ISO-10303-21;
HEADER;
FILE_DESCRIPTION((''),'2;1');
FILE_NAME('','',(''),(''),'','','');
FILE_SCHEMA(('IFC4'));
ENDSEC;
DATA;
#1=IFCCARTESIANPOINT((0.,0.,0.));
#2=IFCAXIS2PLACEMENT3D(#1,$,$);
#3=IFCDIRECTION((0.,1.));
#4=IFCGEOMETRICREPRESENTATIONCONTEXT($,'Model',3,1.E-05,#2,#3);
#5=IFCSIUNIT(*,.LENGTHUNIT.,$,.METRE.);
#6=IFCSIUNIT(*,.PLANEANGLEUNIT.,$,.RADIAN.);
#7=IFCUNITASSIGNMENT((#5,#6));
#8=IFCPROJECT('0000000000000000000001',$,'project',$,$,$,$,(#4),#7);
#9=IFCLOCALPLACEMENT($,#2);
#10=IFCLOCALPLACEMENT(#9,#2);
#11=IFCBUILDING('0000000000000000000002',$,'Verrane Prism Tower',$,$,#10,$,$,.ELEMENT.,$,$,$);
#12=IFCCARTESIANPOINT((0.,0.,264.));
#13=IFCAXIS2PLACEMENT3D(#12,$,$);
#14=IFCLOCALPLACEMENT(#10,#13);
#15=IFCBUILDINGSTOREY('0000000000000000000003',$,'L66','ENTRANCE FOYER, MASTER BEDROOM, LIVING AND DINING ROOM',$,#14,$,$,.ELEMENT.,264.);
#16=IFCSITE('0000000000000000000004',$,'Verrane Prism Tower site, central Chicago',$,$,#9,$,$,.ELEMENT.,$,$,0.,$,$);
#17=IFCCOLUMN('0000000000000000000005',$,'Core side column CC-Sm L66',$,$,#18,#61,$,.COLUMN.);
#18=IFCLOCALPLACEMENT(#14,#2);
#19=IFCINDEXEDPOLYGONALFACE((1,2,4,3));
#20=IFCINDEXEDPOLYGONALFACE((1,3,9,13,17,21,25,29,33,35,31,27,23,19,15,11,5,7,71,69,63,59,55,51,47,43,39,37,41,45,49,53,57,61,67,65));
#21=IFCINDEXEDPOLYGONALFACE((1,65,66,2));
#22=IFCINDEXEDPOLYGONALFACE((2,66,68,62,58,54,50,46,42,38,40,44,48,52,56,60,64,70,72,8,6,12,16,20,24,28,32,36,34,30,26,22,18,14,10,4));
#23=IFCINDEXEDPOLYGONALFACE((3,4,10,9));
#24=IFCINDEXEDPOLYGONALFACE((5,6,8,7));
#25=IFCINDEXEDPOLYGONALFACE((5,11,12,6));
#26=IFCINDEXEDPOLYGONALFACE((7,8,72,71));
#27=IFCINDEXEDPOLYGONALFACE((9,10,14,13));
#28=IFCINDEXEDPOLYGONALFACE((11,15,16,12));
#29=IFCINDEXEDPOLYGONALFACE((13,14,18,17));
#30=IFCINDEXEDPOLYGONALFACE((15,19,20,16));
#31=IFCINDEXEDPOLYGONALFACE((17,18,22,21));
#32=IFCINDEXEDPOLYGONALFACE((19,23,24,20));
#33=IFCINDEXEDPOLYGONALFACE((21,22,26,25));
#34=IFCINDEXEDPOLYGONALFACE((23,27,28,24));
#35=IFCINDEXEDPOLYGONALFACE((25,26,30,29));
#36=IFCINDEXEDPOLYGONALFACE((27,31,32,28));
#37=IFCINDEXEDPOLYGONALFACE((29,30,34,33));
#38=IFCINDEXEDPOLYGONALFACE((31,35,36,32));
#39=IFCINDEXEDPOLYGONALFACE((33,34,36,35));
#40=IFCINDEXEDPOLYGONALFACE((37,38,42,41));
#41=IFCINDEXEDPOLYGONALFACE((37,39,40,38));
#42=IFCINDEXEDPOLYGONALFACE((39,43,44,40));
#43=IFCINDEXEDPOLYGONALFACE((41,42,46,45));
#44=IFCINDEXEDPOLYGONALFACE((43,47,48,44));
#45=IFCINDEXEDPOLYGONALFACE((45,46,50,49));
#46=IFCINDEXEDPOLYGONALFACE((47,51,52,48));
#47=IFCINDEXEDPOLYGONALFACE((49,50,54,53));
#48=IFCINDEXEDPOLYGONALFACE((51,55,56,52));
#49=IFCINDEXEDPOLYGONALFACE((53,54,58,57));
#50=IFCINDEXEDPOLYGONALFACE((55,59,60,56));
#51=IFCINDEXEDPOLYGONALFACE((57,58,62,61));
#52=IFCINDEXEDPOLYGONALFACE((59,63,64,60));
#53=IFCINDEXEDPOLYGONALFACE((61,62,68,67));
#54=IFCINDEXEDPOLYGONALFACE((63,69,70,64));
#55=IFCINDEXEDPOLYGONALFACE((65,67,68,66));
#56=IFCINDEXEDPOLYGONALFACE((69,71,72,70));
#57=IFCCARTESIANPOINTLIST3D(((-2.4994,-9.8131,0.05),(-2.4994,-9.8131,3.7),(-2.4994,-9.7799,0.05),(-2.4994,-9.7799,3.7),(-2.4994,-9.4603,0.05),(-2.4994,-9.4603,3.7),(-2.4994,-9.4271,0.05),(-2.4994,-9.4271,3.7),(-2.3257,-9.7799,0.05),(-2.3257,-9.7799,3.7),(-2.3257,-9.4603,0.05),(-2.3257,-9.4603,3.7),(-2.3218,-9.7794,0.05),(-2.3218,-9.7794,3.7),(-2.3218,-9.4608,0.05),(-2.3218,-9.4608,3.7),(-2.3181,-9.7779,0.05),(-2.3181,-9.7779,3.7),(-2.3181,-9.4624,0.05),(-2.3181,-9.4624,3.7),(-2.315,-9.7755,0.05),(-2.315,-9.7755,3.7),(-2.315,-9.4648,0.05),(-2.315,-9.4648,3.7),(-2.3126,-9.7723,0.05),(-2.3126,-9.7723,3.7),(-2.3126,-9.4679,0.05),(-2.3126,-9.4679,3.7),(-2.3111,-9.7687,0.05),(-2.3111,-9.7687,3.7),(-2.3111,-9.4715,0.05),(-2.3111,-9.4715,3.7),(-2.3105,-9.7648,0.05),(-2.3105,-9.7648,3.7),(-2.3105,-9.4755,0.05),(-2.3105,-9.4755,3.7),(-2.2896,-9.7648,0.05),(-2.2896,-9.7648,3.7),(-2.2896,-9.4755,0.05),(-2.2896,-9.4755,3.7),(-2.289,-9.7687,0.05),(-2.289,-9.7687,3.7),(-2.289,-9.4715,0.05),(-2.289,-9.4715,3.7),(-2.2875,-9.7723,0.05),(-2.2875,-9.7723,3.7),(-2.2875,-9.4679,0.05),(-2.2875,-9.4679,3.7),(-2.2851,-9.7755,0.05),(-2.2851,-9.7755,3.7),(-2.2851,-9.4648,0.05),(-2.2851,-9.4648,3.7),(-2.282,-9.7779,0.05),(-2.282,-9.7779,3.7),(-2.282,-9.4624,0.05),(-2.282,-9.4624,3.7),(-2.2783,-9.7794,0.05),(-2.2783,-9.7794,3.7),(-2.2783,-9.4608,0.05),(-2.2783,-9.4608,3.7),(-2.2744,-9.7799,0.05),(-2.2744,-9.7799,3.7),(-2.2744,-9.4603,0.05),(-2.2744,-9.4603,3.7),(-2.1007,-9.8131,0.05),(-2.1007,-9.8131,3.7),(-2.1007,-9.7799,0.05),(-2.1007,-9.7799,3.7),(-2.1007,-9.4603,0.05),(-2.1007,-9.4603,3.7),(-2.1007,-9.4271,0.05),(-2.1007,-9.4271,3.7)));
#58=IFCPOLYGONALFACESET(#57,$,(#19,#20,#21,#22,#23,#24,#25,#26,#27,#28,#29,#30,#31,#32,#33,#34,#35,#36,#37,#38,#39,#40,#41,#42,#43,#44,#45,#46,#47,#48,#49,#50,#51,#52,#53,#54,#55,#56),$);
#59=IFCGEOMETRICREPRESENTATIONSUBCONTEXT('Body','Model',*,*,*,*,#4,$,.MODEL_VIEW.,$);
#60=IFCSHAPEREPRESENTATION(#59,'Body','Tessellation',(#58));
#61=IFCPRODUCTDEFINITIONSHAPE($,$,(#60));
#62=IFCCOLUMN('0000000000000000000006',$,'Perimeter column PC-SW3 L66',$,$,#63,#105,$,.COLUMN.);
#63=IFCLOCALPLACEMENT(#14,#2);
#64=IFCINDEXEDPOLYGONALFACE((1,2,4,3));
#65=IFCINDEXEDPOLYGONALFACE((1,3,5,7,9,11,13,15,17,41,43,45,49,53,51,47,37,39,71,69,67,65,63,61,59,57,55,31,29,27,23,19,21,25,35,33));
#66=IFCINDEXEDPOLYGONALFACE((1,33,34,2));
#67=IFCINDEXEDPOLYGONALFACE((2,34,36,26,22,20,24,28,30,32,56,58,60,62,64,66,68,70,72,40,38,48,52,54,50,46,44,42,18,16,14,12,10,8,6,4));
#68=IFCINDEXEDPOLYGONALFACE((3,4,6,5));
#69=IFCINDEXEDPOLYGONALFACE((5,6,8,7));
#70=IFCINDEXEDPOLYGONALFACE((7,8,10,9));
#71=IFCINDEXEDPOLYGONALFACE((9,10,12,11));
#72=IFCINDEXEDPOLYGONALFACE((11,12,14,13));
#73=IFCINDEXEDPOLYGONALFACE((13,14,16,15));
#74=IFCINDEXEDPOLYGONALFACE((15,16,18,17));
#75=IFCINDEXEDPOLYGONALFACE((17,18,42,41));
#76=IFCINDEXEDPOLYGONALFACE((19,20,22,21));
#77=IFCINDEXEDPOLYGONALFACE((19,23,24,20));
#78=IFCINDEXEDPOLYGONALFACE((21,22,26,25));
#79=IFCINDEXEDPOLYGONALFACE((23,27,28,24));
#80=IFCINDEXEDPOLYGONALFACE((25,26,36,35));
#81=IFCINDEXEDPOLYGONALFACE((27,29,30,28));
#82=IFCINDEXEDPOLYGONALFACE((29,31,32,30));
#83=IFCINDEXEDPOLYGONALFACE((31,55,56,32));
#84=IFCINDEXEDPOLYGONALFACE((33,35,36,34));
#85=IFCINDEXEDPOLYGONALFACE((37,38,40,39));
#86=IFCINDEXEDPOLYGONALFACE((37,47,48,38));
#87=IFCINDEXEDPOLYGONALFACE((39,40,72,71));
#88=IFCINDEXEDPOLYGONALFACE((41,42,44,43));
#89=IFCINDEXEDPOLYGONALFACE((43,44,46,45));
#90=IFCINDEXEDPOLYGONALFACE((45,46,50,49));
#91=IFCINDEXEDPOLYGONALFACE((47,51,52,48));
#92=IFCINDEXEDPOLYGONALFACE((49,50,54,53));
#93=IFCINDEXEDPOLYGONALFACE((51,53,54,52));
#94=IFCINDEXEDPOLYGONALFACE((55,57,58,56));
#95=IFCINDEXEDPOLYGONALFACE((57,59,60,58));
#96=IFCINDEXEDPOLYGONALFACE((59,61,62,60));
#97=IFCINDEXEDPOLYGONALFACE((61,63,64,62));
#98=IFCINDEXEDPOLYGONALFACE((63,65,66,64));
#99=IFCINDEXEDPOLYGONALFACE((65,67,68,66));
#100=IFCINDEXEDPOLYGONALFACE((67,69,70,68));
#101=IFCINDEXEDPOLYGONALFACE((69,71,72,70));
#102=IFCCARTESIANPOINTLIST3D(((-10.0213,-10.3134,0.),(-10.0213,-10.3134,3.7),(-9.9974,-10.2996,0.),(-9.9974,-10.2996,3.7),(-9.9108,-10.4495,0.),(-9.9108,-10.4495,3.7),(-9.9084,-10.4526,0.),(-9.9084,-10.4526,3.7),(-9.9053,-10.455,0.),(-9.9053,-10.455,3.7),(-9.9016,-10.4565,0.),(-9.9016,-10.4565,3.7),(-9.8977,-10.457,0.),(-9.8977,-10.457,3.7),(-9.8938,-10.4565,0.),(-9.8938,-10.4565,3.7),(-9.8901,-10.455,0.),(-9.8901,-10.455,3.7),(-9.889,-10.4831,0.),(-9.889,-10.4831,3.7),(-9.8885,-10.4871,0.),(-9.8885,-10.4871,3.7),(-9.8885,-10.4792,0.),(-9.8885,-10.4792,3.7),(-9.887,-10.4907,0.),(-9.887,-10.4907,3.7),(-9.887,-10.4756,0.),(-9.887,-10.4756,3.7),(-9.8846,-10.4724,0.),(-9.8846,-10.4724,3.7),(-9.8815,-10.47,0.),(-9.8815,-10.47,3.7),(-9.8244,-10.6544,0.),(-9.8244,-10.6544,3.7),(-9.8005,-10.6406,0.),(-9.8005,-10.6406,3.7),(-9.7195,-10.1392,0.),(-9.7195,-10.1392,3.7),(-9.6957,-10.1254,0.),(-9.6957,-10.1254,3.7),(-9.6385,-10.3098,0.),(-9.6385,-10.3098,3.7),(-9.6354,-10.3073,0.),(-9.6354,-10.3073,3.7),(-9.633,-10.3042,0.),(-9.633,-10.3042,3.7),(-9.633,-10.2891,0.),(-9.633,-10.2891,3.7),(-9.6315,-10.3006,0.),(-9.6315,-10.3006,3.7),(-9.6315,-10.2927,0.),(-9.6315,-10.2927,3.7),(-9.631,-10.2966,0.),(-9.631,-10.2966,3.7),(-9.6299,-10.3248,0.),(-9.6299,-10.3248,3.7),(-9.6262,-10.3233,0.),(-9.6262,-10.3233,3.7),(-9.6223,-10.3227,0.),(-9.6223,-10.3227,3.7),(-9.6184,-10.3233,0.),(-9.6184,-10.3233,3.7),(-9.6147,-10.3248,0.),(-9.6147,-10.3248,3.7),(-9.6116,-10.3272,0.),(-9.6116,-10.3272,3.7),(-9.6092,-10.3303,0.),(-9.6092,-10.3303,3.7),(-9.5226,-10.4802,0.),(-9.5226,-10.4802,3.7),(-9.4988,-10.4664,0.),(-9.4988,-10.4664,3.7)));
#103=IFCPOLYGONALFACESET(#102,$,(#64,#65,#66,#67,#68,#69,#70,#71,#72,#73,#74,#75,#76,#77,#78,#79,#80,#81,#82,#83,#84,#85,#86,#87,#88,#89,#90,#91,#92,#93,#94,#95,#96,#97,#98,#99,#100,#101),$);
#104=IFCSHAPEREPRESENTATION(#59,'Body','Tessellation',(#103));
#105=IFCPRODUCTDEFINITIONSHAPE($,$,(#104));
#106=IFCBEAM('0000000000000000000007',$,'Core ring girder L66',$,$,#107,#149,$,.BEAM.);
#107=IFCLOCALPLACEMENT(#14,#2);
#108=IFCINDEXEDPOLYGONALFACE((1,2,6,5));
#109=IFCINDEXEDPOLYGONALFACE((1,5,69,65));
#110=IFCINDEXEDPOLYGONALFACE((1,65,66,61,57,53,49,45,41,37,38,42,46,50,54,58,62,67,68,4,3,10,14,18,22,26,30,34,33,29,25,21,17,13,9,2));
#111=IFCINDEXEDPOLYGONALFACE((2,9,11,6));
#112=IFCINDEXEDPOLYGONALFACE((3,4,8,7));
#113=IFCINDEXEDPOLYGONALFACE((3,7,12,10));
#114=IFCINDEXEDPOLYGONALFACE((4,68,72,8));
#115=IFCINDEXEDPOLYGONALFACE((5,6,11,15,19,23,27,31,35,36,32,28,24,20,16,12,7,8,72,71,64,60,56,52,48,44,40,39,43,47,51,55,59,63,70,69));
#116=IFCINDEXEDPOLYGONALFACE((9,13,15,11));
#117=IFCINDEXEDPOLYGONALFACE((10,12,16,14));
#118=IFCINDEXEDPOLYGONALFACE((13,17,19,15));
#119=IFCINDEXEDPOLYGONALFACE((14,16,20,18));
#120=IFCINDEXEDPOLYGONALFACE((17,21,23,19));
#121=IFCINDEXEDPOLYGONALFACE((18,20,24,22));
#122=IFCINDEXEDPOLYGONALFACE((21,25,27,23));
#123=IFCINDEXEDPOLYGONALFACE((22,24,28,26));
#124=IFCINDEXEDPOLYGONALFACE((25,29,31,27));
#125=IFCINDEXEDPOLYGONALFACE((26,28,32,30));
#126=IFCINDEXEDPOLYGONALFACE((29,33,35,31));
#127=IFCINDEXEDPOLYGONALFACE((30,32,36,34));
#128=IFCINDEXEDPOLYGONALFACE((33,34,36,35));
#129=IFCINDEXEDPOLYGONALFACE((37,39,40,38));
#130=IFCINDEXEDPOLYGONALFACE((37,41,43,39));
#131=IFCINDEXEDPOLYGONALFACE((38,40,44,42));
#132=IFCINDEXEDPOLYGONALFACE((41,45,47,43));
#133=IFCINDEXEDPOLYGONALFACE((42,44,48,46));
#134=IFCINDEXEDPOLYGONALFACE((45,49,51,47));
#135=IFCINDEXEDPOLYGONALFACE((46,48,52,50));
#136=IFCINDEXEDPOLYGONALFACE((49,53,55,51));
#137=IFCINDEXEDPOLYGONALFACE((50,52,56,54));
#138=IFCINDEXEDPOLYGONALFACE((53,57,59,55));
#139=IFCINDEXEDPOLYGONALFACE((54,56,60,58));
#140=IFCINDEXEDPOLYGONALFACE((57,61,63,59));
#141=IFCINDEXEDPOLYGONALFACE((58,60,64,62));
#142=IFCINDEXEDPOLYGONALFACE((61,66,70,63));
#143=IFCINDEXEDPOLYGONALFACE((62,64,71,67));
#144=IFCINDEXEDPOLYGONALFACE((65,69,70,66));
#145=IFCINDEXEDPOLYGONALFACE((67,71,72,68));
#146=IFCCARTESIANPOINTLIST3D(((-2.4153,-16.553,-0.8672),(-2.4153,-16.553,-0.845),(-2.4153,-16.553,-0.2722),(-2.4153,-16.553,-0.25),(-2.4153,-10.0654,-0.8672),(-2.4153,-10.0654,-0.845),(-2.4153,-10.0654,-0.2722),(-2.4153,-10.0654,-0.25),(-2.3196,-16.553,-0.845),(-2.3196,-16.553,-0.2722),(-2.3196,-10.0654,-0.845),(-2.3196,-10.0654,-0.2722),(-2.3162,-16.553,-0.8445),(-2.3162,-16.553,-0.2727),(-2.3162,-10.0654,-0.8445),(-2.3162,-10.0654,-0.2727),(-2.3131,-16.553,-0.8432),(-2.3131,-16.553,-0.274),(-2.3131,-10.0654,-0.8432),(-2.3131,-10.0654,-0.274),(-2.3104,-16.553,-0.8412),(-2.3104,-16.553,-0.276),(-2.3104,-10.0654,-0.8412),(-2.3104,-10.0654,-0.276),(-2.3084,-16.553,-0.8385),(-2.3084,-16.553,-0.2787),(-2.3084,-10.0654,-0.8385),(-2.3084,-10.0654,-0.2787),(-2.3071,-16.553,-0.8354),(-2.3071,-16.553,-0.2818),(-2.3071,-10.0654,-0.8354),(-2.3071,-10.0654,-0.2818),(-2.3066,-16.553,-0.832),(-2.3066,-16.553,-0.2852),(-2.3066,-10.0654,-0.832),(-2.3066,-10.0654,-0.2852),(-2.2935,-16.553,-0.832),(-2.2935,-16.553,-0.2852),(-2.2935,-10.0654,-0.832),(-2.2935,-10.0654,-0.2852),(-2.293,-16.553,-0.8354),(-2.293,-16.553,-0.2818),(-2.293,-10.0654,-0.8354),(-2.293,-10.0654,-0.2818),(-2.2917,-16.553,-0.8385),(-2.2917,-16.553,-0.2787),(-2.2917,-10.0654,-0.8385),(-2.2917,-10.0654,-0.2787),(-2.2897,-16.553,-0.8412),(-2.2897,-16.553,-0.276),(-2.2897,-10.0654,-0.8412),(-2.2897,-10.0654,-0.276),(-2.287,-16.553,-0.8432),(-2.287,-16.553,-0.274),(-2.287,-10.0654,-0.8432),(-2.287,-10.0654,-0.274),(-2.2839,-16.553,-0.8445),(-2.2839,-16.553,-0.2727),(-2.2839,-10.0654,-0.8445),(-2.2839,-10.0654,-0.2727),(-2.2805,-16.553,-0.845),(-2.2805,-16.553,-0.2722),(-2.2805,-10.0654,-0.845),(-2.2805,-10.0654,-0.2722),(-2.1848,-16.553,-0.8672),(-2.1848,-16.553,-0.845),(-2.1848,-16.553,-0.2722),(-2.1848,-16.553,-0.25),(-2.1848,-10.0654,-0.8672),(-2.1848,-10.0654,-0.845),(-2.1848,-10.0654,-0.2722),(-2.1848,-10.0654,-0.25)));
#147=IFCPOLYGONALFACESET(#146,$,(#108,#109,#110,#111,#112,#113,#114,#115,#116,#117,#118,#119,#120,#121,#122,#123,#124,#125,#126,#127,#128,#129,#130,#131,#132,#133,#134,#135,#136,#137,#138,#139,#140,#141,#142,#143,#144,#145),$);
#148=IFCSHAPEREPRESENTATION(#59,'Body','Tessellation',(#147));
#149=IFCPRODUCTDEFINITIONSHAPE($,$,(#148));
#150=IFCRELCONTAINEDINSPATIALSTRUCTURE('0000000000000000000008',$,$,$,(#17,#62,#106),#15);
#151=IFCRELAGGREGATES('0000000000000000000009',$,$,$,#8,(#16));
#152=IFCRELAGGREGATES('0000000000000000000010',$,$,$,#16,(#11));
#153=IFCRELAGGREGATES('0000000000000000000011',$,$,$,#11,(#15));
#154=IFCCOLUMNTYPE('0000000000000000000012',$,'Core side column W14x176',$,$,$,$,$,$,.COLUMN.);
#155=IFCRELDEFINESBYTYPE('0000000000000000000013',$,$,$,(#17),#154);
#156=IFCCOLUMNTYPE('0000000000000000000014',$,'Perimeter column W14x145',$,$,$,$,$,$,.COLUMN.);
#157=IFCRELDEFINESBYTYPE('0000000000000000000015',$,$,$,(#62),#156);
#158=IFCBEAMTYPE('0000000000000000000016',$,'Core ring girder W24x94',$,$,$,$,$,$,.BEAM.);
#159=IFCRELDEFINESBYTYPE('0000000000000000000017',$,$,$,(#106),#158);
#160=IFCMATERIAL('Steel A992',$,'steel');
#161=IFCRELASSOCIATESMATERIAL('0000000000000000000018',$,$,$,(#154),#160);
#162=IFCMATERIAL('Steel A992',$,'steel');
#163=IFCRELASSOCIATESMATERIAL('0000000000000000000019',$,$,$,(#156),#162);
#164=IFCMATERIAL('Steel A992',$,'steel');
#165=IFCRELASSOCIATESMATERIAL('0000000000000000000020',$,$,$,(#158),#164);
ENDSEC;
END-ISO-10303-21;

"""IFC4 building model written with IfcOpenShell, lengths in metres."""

from ifc_helpers import new_model, si_unit, direction, frame, origin, origin_2d, place, context, subcontext, project, spatial, i_section, extrude, material, material_profile, profile_set, type_object, element, save


model = new_model("IFC4")

# Units and contexts
model_context = context("Model", 3, precision=1e-05, world=origin(), true_north=direction((0.0, 1.0)))
body_context = subcontext(model_context, "Body", "Model", "MODEL_VIEW")
ifc_project = project(units=[si_unit("LENGTHUNIT", "METRE"), si_unit("PLANEANGLEUNIT", "RADIAN")], contexts=[model_context])

# Site, building, storey
site_placement = place(None, origin())
site = spatial("IfcSite", under=ifc_project, at=site_placement, Name="Verrane Prism Tower site, central Chicago", CompositionType="ELEMENT", RefElevation=0.0)
building_placement = place(site_placement, origin())
building = spatial("IfcBuilding", under=site, at=building_placement, Name="Verrane Prism Tower", CompositionType="ELEMENT")
storey_placement = place(building_placement, frame((0.0, 0.0, 264.0)))
storey = spatial("IfcBuildingStorey", under=building, at=storey_placement, Name="L66", Description="ENTRANCE FOYER, MASTER BEDROOM, LIVING AND DINING ROOM", CompositionType="ELEMENT", Elevation=264.0)

# Columns
ifc_material_1 = material(Name="Steel A992", Category="steel")
ifc_material_profile_1 = material_profile(ifc_material_1, i_section(OverallWidth=0.3987, OverallDepth=0.386, WebThickness=0.021, FlangeThickness=0.0332, FilletRadius=0.0151, at=origin_2d()), Name="W14x176")
ifc_profile_set_1 = profile_set([ifc_material_profile_1], Name="Steel A992")
column_type_1 = type_object("IfcColumnType", Name="Core side column W14x176", PredefinedType="COLUMN", material=ifc_profile_set_1)
column_1_placement = place(storey_placement, frame((-2.3, -9.6201, 0.05), z_axis=(0.0, 0.0, 1.0), x_axis=(1.0, 0.0, 0.0)))
element("IfcColumn", 1, at=column_1_placement, inside=storey, type_object=column_type_1, Name="Core side column CC-Sm L66", PredefinedType="COLUMN", context=body_context, shape_type="SweptSolid", body=[
    extrude(i_section(OverallWidth=0.3987, OverallDepth=0.386, WebThickness=0.021, FlangeThickness=0.0332, FilletRadius=0.0151, at=origin_2d()), origin(), (0.0, 0.0, 1.0), 3.6499),
])
ifc_material_2 = material(Name="Steel A992", Category="steel")
ifc_material_profile_2 = material_profile(ifc_material_2, i_section(OverallWidth=0.3938, OverallDepth=0.376, WebThickness=0.0173, FlangeThickness=0.0276, FilletRadius=0.0151, at=origin_2d()), Name="W14x145")
ifc_profile_set_2 = profile_set([ifc_material_profile_2], Name="Steel A992")
column_type_2 = type_object("IfcColumnType", Name="Perimeter column W14x145", PredefinedType="COLUMN", material=ifc_profile_set_2)
column_2_placement = place(storey_placement, frame((-9.76, -10.3899, 0.0), z_axis=(0.0, 0.0, 1.0), x_axis=(-0.5, 0.866025, 0.0)))
element("IfcColumn", 2, at=column_2_placement, inside=storey, type_object=column_type_2, Name="Perimeter column PC-SW3 L66", PredefinedType="COLUMN", context=body_context, shape_type="SweptSolid", body=[
    extrude(i_section(OverallWidth=0.3938, OverallDepth=0.376, WebThickness=0.0173, FlangeThickness=0.0276, FilletRadius=0.0151, at=origin_2d()), origin(), (0.0, 0.0, 1.0), 3.7),
])

# Beam
ifc_material_3 = material(Name="Steel A992", Category="steel")
ifc_material_profile_3 = material_profile(ifc_material_3, i_section(OverallWidth=0.2305, OverallDepth=0.6172, WebThickness=0.0132, FlangeThickness=0.0222, FilletRadius=0.0129, at=origin_2d()), Name="W24x94")
ifc_profile_set_3 = profile_set([ifc_material_profile_3], Name="Steel A992")
beam_type_1 = type_object("IfcBeamType", Name="Core ring girder W24x94", PredefinedType="BEAM", material=ifc_profile_set_3)
beam_1_placement = place(storey_placement, frame((-2.3, -10.0654, -0.5586), z_axis=(0.0, -1.0, 0.0), x_axis=(1.0, 0.0, 0.0)))
element("IfcBeam", 3, at=beam_1_placement, inside=storey, type_object=beam_type_1, Name="Core ring girder L66", PredefinedType="BEAM", context=body_context, shape_type="SweptSolid", body=[
    extrude(i_section(OverallWidth=0.2305, OverallDepth=0.6172, WebThickness=0.0132, FlangeThickness=0.0222, FilletRadius=0.0129, at=origin_2d()), origin(), (0.0, 0.0, 1.0), 6.4875),
])

save(model, "model.ifc")
